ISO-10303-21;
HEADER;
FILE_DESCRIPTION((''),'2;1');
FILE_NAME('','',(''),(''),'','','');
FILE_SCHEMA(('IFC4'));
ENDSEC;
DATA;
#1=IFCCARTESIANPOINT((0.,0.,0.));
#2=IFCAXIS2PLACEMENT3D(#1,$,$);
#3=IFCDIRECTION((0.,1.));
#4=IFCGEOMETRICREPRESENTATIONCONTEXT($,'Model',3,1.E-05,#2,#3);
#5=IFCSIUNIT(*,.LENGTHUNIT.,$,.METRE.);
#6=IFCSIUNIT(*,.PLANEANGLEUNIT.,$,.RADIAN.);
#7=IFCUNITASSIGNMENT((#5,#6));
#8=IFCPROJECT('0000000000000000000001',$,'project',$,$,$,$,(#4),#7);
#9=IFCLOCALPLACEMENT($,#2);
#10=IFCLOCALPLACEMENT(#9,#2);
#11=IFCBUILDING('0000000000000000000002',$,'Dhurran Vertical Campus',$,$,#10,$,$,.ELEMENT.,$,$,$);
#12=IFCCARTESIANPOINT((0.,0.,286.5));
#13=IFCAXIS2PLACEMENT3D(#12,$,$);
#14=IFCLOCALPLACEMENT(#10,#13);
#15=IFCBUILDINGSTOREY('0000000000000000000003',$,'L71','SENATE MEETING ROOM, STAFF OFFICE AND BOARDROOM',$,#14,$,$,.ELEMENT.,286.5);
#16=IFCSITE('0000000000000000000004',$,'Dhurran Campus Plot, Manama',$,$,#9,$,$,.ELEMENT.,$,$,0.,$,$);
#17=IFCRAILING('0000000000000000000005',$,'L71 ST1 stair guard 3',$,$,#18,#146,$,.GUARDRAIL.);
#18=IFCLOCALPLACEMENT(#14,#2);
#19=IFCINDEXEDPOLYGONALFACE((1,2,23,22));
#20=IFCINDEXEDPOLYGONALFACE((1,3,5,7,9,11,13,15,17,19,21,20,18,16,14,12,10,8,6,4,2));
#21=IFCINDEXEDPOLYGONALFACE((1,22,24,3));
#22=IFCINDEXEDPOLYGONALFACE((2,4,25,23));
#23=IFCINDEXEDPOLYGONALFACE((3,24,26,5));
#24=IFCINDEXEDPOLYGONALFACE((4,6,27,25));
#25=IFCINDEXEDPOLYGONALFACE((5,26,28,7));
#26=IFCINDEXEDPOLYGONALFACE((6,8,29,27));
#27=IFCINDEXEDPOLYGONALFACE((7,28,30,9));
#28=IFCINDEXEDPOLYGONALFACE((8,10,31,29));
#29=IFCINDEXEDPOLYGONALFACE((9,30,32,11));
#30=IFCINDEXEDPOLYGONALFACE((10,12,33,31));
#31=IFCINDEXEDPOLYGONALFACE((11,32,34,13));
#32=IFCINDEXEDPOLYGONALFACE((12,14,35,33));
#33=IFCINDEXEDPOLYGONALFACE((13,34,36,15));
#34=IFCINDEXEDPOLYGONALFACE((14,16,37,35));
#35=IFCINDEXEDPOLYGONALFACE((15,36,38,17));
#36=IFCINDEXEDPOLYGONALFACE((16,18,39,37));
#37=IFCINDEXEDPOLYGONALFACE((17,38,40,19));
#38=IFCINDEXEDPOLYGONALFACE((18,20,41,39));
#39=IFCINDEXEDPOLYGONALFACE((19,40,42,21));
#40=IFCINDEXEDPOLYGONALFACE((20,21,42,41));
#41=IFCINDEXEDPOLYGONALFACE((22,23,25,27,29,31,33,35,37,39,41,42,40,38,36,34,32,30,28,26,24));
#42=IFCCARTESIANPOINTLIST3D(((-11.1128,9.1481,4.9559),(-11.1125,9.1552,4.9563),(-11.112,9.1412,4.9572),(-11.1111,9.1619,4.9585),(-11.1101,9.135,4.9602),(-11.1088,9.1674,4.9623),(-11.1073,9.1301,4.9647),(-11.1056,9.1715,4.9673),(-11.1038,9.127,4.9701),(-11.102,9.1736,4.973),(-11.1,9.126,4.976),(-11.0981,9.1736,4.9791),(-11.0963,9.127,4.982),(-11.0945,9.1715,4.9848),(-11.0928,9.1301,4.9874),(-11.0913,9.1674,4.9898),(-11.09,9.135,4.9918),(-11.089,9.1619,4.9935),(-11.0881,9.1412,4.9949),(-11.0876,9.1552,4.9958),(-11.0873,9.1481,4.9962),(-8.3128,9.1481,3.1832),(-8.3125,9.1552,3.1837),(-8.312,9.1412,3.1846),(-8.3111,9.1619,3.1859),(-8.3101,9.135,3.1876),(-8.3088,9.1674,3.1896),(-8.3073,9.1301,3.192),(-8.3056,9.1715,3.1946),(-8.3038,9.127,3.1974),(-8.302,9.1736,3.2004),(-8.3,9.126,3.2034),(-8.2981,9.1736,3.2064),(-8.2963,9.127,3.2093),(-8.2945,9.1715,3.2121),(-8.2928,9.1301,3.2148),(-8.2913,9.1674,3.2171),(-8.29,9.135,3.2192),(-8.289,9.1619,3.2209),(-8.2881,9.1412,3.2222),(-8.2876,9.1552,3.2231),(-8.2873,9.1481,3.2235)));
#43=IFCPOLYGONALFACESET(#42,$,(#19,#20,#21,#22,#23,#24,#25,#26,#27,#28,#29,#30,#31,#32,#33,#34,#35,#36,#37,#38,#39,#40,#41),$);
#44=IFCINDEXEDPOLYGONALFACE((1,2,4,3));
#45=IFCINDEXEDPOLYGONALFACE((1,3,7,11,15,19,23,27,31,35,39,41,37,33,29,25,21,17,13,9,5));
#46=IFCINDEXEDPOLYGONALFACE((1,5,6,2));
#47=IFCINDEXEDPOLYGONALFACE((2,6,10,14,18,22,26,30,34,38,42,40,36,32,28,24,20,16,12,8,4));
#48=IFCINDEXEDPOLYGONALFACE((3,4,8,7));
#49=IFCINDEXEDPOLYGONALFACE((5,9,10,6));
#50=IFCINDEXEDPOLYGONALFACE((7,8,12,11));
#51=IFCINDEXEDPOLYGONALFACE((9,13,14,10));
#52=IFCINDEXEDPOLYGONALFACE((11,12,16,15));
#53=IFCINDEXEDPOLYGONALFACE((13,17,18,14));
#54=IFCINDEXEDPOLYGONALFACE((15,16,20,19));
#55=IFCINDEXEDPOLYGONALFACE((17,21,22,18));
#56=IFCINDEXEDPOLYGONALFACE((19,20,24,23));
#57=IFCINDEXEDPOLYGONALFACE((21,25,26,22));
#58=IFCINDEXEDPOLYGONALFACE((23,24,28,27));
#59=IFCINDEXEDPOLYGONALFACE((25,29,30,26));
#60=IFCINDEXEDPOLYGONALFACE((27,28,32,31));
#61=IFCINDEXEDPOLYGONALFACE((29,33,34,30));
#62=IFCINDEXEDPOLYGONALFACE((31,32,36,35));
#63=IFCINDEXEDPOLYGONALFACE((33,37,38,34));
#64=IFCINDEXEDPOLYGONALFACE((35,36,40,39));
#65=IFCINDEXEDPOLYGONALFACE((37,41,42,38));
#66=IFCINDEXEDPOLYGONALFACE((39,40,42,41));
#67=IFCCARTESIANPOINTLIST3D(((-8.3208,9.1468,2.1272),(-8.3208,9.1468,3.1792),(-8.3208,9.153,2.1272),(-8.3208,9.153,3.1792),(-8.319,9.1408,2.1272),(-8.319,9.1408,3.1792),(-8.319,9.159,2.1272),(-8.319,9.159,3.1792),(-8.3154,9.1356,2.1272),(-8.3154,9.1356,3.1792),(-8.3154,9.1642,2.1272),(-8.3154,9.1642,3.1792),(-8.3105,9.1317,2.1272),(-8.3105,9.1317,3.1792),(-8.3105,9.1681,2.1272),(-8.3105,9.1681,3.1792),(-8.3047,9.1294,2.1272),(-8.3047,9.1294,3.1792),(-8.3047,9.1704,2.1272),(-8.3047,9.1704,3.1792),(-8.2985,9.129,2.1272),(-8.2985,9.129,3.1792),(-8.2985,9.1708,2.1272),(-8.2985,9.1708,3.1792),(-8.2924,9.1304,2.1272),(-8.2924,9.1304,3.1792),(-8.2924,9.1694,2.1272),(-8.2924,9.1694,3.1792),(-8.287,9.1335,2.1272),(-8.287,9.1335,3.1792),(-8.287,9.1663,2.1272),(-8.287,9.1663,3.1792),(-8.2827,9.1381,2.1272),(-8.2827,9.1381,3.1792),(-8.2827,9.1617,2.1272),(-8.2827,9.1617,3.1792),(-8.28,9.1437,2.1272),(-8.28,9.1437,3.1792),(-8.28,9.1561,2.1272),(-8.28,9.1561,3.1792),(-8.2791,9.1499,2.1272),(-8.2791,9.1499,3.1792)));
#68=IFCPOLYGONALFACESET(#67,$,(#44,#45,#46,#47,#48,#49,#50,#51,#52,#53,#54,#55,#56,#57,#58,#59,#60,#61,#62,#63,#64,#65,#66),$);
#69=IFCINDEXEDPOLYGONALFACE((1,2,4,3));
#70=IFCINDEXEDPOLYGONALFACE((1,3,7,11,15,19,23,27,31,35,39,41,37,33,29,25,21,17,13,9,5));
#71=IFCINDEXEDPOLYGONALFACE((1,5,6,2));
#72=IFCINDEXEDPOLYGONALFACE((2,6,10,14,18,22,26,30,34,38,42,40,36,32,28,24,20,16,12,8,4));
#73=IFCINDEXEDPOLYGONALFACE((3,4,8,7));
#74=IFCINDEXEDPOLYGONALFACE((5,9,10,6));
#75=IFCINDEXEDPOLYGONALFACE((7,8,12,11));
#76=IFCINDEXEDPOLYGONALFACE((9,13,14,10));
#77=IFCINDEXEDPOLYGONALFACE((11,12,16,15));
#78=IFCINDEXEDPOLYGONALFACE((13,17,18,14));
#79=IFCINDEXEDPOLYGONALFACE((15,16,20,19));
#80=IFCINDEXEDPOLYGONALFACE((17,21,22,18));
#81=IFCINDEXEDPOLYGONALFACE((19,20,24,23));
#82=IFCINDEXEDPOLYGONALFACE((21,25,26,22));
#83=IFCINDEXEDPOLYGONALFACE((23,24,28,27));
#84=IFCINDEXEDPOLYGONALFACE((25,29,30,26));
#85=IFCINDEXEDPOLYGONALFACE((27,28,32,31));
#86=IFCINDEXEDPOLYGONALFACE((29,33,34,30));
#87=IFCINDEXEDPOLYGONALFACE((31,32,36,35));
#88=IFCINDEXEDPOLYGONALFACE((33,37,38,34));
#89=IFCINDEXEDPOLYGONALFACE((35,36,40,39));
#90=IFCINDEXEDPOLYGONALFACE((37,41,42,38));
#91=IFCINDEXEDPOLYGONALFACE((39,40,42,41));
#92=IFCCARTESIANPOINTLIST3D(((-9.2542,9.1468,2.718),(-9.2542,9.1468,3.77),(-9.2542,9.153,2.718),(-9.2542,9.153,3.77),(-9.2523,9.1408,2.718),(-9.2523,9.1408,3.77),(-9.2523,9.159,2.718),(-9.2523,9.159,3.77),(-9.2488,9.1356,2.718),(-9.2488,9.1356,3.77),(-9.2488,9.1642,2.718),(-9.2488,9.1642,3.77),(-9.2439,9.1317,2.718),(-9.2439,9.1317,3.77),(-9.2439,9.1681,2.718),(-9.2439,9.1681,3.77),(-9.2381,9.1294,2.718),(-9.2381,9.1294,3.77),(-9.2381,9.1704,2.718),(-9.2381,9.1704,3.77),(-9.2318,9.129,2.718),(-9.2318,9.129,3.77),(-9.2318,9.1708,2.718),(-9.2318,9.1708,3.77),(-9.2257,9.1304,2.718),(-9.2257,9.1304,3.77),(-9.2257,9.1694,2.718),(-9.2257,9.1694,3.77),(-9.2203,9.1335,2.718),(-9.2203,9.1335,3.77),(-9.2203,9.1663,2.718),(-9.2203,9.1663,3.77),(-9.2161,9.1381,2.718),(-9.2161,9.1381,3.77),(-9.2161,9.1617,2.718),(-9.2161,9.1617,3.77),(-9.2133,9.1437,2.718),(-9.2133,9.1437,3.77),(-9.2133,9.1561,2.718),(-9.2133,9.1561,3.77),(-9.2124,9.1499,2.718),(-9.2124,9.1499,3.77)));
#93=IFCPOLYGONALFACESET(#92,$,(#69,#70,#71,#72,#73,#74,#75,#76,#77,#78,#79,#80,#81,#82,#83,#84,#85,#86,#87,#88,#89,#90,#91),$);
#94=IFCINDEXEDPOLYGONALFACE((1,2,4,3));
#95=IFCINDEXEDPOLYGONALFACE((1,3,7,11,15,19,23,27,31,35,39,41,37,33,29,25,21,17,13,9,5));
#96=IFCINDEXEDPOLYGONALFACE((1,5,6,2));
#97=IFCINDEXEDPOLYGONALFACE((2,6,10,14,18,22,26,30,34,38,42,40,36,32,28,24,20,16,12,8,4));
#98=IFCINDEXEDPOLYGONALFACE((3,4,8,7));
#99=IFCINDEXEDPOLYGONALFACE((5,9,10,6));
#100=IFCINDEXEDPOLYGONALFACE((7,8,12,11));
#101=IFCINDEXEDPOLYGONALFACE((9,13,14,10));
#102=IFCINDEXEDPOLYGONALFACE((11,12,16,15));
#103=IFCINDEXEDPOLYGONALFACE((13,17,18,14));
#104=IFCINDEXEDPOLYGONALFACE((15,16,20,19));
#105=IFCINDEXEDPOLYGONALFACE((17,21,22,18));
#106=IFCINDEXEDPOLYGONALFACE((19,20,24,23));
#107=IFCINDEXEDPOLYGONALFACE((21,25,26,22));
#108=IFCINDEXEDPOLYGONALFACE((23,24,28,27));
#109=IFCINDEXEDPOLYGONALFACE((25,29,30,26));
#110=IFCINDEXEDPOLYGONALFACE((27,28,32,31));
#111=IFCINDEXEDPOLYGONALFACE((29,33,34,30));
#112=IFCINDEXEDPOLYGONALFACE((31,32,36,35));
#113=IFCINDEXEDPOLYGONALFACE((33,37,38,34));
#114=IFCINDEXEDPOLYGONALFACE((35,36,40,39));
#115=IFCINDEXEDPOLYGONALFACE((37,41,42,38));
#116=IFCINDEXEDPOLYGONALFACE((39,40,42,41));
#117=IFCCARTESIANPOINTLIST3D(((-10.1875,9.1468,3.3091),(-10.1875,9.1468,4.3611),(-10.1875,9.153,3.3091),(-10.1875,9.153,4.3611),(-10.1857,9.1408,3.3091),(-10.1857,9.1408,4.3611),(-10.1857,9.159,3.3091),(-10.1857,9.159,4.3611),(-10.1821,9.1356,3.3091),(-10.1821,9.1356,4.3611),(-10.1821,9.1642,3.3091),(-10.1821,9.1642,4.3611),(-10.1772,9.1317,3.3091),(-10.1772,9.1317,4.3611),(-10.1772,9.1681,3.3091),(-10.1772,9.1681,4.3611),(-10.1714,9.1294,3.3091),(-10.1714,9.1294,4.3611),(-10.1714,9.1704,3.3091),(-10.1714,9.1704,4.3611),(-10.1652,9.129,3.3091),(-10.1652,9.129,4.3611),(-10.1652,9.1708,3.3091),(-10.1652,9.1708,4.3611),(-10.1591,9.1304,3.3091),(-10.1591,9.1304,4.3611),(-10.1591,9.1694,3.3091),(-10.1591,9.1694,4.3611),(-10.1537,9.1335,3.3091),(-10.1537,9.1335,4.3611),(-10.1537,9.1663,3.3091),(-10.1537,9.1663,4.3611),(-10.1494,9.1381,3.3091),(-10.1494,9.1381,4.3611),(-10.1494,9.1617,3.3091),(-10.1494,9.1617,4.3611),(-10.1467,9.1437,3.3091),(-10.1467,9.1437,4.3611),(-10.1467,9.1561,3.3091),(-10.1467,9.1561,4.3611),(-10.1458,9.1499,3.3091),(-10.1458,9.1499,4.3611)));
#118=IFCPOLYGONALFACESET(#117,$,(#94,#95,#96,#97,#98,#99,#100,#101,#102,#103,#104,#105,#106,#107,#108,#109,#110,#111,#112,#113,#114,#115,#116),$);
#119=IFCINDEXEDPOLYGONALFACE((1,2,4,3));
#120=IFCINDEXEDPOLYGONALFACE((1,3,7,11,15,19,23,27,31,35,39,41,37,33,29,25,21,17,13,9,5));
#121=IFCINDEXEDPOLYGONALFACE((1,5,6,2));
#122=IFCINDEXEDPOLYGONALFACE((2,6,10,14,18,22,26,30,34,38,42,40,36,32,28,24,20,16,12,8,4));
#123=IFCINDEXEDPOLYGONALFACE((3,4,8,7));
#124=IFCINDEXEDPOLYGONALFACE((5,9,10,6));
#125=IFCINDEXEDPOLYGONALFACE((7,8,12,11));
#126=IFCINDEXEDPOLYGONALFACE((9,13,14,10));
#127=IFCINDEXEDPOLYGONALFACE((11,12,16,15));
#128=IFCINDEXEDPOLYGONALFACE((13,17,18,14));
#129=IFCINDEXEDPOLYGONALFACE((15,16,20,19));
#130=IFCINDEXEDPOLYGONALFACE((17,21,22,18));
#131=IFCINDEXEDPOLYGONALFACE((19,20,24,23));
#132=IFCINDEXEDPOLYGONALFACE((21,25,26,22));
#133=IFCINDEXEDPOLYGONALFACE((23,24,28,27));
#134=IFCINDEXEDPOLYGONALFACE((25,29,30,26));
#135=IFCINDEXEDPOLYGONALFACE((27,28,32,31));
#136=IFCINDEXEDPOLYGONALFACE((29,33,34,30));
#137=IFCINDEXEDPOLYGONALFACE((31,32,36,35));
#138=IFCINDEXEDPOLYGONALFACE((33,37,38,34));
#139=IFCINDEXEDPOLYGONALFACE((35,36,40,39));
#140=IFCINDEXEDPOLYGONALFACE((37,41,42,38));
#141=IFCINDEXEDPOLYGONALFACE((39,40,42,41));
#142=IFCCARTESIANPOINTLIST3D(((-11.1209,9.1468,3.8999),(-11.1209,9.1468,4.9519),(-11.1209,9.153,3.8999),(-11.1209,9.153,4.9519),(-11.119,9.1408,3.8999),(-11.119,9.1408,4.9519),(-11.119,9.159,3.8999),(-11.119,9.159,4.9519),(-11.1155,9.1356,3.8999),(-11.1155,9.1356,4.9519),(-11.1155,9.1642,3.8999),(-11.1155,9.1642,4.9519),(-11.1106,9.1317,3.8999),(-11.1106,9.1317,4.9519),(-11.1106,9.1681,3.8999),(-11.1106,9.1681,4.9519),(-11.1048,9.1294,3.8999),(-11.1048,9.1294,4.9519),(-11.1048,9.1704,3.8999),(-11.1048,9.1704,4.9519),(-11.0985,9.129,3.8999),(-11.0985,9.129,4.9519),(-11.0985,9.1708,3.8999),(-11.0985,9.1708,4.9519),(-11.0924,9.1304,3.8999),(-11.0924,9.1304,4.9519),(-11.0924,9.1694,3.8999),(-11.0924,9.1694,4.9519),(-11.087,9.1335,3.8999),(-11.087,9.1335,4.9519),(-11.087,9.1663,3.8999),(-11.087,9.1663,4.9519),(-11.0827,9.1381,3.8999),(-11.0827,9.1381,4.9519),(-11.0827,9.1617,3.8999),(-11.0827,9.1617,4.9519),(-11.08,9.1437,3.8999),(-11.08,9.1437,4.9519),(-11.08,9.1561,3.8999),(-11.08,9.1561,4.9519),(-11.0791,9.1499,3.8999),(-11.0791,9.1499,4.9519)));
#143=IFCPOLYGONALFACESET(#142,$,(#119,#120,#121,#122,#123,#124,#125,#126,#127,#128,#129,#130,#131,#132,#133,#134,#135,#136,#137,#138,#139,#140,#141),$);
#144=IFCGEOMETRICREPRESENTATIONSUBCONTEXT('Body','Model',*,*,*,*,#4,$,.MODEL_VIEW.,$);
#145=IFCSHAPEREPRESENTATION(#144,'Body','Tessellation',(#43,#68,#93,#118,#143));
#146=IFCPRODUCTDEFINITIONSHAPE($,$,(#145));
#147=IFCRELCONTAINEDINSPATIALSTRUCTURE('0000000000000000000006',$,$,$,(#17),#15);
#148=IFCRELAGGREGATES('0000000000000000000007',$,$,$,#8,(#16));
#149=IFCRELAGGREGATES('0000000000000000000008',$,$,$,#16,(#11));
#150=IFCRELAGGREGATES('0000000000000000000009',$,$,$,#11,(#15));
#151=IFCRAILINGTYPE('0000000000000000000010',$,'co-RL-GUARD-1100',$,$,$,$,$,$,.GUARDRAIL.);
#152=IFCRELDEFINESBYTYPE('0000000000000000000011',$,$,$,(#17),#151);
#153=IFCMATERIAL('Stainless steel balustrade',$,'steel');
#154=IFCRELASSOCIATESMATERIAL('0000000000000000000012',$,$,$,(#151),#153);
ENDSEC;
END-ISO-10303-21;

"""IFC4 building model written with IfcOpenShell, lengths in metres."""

from ifc_helpers import new_model, si_unit, direction, frame, origin, origin_2d, place, context, subcontext, project, spatial, circle, extrude, material, type_object, element, save


model = new_model("IFC4")

# Units and contexts
model_context = context("Model", 3, precision=1e-05, world=origin(), true_north=direction((0.0, 1.0)))
body_context = subcontext(model_context, "Body", "Model", "MODEL_VIEW")
ifc_project = project(units=[si_unit("LENGTHUNIT", "METRE"), si_unit("PLANEANGLEUNIT", "RADIAN")], contexts=[model_context])

# Site, building, storey
site_placement = place(None, origin())
site = spatial("IfcSite", under=ifc_project, at=site_placement, Name="Dhurran Campus Plot, Manama", CompositionType="ELEMENT", RefElevation=0.0)
building_placement = place(site_placement, origin())
building = spatial("IfcBuilding", under=site, at=building_placement, Name="Dhurran Vertical Campus", CompositionType="ELEMENT")
storey_placement = place(building_placement, frame((0.0, 0.0, 286.5)))
storey = spatial("IfcBuildingStorey", under=building, at=storey_placement, Name="L71", Description="SENATE MEETING ROOM, STAFF OFFICE AND BOARDROOM", CompositionType="ELEMENT", Elevation=286.5)

# Railing
ifc_material_1 = material(Name="Stainless steel balustrade", Category="steel")
railing_type_1 = type_object("IfcRailingType", Name="co-RL-GUARD-1100", PredefinedType="GUARDRAIL", material=ifc_material_1)
railing_1_placement = place(storey_placement, frame((-8.3, 9.1499, 2.1272)))
element("IfcRailing", 1, at=railing_1_placement, inside=storey, type_object=railing_type_1, Name="L71 ST1 stair guard 3", PredefinedType="GUARDRAIL", context=body_context, shape_type="SweptSolid", body=[
    extrude(circle(Radius=0.0239, at=origin_2d()), frame((0.0, 0.0, 1.0762), z_axis=(-0.844909, 0.0, 0.53491), x_axis=(0.0, -1.0, 0.0)), (0.0, 0.0, 1.0), 3.314),
    extrude(circle(Radius=0.021, at=origin_2d()), origin(), (0.0, 0.0, 1.0), 1.052),
    extrude(circle(Radius=0.021, at=origin_2d()), frame((-0.9333, 0.0, 0.5908)), (0.0, 0.0, 1.0), 1.052),
    extrude(circle(Radius=0.021, at=origin_2d()), frame((-1.8667, 0.0, 1.1819)), (0.0, 0.0, 1.0), 1.052),
    extrude(circle(Radius=0.021, at=origin_2d()), frame((-2.8, 0.0, 1.7727)), (0.0, 0.0, 1.0), 1.052),
])

save(model, "model.ifc")
